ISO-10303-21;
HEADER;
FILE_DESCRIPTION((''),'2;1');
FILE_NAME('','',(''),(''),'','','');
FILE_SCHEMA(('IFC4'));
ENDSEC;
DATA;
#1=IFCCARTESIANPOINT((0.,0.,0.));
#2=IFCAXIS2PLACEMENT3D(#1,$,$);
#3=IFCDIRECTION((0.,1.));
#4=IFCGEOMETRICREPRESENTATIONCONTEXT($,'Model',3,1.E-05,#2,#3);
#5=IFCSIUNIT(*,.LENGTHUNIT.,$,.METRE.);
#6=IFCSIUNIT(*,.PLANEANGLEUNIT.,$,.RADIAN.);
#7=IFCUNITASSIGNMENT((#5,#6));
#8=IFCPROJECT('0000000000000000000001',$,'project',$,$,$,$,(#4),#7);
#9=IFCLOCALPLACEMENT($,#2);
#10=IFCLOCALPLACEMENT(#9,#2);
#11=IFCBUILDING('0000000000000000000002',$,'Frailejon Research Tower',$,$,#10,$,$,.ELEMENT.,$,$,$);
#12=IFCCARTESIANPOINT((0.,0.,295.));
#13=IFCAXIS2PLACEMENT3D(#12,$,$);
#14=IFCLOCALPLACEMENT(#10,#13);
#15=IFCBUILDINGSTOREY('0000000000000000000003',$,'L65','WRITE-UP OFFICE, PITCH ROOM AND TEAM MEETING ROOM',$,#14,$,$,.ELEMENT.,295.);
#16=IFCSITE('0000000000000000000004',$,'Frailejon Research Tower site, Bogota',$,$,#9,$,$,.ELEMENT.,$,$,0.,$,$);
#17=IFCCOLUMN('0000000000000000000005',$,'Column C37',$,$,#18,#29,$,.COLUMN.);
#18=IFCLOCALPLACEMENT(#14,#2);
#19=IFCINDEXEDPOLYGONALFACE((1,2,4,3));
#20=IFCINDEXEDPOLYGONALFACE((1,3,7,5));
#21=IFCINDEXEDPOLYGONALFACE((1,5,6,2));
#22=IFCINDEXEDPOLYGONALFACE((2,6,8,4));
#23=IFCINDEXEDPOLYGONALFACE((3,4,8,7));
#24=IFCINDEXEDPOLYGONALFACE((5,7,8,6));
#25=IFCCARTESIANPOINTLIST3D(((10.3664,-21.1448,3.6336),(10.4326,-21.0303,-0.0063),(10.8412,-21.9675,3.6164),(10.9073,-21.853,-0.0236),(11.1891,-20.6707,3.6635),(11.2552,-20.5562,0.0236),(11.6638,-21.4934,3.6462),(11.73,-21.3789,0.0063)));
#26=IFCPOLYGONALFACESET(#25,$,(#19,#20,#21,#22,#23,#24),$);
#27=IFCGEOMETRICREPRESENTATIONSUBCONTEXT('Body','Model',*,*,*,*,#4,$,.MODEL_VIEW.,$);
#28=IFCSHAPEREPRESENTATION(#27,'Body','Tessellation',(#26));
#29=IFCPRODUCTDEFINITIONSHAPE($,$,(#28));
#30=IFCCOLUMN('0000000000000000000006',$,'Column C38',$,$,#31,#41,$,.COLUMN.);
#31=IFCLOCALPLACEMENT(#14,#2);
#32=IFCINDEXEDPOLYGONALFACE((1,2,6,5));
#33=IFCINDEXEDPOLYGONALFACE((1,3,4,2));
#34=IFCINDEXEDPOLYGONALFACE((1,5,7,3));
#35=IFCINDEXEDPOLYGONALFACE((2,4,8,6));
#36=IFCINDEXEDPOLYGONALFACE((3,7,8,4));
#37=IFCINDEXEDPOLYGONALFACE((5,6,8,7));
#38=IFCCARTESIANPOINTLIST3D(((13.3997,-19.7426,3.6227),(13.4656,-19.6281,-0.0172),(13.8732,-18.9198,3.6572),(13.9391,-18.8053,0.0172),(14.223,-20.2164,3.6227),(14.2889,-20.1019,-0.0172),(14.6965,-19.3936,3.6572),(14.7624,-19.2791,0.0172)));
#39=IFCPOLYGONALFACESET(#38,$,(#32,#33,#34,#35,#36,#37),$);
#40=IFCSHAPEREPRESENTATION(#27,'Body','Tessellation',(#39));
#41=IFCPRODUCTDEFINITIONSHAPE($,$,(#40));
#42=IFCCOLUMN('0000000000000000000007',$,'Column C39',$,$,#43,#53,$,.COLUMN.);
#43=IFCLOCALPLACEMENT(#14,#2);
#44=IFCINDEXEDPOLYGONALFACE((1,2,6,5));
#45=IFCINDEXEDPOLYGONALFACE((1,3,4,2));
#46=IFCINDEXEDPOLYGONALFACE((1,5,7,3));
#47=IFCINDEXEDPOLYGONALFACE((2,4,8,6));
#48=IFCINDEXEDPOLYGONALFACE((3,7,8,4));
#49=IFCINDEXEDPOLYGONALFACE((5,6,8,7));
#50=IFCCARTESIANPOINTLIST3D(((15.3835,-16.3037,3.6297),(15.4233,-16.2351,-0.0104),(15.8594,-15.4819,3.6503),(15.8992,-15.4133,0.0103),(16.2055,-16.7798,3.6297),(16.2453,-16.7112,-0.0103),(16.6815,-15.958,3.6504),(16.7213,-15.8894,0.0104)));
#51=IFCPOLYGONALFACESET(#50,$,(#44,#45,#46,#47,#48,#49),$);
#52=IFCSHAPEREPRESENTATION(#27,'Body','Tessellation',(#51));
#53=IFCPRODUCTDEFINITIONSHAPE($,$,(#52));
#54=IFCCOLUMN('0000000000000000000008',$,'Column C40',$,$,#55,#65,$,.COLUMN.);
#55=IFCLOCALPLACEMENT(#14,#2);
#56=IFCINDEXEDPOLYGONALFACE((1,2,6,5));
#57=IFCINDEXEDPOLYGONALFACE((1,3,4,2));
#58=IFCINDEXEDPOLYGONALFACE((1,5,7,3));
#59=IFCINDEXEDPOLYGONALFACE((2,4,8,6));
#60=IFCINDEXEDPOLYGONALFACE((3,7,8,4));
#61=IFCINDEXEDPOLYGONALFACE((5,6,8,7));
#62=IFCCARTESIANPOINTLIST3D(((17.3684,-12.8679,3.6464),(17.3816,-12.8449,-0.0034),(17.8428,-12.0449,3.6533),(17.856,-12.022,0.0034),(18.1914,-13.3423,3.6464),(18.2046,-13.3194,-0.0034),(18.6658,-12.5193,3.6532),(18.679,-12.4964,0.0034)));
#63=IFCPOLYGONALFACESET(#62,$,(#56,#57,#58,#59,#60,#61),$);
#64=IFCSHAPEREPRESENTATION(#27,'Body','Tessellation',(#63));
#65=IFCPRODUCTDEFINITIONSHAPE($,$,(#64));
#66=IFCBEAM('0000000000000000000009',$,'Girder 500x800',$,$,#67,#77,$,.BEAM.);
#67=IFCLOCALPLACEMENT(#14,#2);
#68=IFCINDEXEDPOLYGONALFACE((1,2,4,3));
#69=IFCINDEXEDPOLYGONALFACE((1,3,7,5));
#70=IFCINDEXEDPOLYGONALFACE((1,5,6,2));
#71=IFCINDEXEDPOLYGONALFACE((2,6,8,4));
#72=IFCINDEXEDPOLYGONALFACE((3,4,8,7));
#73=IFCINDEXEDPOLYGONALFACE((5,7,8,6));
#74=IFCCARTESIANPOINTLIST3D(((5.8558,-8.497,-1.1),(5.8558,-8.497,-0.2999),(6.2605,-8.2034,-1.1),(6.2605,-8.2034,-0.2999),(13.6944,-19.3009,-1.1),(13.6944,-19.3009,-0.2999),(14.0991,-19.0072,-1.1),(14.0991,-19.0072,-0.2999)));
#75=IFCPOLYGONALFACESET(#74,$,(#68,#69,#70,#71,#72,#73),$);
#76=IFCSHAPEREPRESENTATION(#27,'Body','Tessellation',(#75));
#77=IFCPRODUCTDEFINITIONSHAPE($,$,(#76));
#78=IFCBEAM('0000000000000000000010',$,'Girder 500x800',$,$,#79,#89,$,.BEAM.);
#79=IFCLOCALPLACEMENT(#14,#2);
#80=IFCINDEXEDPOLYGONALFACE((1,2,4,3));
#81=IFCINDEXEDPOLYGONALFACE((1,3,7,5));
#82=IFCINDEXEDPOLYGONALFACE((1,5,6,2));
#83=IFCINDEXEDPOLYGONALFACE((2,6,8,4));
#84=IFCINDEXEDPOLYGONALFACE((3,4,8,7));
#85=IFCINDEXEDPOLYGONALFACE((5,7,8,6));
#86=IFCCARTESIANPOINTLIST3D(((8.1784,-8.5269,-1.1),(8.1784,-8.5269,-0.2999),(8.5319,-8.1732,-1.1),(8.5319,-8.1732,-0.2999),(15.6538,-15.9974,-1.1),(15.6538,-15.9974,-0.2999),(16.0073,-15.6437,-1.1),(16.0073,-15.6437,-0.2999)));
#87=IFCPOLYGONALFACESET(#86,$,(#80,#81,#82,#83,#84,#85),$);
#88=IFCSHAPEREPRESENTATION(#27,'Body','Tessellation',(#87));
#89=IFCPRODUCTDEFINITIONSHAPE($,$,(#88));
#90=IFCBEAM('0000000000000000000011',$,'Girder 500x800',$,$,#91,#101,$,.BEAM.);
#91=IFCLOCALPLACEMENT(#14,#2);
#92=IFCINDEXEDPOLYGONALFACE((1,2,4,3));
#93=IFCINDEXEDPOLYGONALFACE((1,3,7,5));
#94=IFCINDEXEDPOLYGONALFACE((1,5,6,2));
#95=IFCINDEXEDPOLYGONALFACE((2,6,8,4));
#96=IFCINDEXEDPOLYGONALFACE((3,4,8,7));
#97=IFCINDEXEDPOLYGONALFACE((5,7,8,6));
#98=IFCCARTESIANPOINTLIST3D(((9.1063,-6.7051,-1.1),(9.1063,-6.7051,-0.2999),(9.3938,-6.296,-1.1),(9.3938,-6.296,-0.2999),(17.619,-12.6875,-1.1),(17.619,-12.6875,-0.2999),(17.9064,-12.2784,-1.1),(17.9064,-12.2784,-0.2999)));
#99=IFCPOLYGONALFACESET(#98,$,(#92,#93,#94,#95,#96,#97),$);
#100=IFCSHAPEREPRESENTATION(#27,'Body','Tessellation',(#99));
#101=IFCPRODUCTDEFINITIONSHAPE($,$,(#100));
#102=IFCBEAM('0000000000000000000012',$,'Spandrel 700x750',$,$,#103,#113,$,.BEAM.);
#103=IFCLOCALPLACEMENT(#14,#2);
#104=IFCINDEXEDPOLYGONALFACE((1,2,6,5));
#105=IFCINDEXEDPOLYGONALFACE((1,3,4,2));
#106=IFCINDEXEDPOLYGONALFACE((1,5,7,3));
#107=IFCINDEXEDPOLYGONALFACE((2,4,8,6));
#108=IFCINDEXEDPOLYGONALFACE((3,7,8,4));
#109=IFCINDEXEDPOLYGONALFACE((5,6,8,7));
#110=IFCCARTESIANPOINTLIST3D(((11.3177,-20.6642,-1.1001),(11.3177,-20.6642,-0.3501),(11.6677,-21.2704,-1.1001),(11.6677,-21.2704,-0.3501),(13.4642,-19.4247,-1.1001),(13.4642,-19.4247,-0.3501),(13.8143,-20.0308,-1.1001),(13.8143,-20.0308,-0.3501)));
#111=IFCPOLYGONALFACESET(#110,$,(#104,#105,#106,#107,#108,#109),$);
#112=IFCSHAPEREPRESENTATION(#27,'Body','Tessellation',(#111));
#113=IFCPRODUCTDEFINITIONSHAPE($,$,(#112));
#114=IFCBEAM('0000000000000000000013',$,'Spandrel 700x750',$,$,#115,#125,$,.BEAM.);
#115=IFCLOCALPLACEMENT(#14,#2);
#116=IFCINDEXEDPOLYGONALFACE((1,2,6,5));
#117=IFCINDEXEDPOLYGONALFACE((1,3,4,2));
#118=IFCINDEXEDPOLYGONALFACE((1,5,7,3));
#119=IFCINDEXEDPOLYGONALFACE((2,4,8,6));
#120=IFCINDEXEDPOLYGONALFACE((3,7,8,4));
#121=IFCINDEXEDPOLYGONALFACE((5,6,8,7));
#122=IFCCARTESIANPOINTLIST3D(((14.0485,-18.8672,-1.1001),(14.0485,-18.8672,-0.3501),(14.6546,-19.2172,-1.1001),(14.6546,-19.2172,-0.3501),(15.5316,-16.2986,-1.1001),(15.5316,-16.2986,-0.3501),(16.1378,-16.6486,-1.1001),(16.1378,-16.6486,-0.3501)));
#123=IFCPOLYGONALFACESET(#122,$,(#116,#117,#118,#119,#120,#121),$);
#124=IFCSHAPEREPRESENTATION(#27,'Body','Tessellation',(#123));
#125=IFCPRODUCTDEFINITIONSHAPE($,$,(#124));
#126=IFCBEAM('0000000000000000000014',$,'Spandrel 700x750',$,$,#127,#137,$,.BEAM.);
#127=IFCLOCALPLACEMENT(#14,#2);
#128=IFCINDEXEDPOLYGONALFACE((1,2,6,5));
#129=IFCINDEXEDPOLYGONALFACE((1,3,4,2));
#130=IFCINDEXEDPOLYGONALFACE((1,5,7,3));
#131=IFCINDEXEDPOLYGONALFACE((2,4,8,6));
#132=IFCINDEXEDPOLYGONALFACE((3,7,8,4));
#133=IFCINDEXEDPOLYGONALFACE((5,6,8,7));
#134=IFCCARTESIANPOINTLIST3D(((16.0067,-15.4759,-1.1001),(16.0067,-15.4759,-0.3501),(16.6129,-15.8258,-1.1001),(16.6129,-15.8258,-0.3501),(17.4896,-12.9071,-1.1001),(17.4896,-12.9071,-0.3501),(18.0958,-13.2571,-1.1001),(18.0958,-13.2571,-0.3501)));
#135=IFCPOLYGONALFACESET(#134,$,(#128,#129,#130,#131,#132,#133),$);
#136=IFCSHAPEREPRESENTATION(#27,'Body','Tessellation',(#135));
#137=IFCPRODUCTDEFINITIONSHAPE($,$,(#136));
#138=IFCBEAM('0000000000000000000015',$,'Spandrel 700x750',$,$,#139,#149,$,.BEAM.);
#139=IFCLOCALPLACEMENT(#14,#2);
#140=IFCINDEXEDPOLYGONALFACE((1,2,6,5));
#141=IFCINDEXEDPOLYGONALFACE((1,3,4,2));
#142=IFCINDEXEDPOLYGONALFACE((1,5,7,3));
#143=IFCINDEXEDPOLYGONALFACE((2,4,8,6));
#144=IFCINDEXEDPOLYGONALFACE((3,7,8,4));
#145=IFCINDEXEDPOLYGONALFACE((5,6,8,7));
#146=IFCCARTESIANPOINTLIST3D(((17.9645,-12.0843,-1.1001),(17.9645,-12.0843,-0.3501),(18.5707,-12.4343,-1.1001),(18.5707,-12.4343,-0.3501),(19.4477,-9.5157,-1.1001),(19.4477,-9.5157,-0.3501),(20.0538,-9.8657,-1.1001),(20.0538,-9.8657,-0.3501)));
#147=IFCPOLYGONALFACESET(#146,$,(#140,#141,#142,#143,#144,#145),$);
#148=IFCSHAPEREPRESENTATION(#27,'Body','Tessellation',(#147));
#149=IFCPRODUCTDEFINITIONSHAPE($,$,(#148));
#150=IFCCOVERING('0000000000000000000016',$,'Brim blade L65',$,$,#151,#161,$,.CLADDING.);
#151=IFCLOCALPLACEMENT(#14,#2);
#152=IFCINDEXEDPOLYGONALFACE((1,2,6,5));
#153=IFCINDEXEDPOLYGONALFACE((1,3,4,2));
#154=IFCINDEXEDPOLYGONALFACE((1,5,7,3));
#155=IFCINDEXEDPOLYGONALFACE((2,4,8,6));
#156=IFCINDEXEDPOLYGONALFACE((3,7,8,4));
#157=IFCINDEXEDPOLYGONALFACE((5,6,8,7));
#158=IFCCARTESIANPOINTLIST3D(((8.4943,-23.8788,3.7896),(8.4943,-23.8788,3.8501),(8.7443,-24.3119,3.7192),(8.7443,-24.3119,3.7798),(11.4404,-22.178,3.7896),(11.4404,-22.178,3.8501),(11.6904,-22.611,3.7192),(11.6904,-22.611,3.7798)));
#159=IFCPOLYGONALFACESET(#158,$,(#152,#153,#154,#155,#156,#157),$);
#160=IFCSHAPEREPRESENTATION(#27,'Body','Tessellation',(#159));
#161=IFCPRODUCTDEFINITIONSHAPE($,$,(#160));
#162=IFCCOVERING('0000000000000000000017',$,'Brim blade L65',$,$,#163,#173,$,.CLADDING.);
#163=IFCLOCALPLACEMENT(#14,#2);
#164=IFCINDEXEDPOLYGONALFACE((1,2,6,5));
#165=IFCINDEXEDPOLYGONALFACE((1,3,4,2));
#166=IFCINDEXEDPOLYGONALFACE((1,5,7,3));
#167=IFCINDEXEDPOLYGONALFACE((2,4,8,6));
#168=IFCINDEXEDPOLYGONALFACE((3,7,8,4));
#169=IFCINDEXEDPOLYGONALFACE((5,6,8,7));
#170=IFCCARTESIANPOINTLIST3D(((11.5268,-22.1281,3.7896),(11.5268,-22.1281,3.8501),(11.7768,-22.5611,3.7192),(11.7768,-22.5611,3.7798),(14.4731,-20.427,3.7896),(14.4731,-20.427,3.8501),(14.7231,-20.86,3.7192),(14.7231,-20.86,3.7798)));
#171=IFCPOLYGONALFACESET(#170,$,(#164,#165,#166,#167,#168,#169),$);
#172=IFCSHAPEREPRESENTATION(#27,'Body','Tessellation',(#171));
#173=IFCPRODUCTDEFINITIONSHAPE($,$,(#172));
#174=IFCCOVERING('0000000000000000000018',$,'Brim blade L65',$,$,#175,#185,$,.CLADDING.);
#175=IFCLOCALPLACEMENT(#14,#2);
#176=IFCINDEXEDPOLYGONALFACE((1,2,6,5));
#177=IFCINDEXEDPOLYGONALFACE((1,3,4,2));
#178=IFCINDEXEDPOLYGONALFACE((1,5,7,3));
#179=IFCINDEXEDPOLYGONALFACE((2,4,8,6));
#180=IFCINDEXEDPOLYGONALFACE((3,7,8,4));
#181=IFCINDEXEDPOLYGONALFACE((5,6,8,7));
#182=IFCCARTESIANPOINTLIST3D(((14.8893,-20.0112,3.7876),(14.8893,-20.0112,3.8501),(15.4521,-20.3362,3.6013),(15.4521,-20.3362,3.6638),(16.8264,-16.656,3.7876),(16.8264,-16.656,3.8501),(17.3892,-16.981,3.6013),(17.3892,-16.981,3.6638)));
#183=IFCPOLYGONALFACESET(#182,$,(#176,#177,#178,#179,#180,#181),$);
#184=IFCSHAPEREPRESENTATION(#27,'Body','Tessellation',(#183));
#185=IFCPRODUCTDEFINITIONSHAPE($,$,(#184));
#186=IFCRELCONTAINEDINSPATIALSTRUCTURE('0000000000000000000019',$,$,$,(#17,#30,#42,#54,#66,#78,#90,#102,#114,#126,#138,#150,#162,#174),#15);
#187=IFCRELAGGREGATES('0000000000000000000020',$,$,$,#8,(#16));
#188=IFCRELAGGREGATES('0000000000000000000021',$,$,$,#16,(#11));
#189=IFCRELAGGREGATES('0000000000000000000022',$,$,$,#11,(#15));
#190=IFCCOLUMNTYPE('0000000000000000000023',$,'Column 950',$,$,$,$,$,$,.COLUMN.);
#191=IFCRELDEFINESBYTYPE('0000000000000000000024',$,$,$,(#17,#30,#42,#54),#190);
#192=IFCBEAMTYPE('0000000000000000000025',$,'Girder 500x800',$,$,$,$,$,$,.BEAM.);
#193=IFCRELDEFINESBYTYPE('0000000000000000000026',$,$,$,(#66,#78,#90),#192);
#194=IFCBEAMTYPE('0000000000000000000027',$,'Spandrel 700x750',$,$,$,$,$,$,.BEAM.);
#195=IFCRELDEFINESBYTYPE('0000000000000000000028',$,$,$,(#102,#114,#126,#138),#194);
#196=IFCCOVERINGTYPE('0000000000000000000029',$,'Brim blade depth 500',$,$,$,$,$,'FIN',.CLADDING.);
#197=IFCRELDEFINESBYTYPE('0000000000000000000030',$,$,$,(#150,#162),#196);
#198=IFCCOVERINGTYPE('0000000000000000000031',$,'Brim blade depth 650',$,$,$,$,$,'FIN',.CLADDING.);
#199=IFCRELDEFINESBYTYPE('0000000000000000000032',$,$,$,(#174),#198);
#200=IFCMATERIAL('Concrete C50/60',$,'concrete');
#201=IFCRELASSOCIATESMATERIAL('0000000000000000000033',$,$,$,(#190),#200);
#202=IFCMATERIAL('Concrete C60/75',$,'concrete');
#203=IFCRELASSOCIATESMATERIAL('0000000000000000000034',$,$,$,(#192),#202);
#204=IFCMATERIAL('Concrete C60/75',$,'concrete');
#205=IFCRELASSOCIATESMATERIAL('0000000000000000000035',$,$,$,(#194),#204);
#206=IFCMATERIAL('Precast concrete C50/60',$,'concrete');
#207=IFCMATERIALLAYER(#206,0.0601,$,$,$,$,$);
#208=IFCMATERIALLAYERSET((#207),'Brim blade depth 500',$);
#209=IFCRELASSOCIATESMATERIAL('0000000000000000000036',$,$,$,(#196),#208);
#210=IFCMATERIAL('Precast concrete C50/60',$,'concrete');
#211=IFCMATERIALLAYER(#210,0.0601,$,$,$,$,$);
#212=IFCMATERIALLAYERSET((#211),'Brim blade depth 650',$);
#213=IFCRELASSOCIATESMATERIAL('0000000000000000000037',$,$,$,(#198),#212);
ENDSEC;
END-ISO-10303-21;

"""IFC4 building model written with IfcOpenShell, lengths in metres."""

from ifc_helpers import new_model, si_unit, direction, frame, origin, origin_2d, place, context, subcontext, project, spatial, polyline, rectangle, outline, extrude, material, layer, layer_set, material_profile, profile_set, type_object, element, save


model = new_model("IFC4")

# Units and contexts
model_context = context("Model", 3, precision=1e-05, world=origin(), true_north=direction((0.0, 1.0)))
body_context = subcontext(model_context, "Body", "Model", "MODEL_VIEW")
ifc_project = project(units=[si_unit("LENGTHUNIT", "METRE"), si_unit("PLANEANGLEUNIT", "RADIAN")], contexts=[model_context])

# Site, building, storey
site_placement = place(None, origin())
site = spatial("IfcSite", under=ifc_project, at=site_placement, Name="Frailejon Research Tower site, Bogota", CompositionType="ELEMENT", RefElevation=0.0)
building_placement = place(site_placement, origin())
building = spatial("IfcBuilding", under=site, at=building_placement, Name="Frailejon Research Tower", CompositionType="ELEMENT")
storey_placement = place(building_placement, frame((0.0, 0.0, 295.0)))
storey = spatial("IfcBuildingStorey", under=building, at=storey_placement, Name="L65", Description="WRITE-UP OFFICE, PITCH ROOM AND TEAM MEETING ROOM", CompositionType="ELEMENT", Elevation=295.0)

# Columns
ifc_material_1 = material(Name="Concrete C50/60", Category="concrete")
ifc_material_profile_1 = material_profile(ifc_material_1, rectangle(XDim=0.95, YDim=0.95, at=origin_2d()), Name="Column 950")
ifc_profile_set_1 = profile_set([ifc_material_profile_1], Name="Concrete C50/60")
column_type = type_object("IfcColumnType", Name="Column 950", PredefinedType="COLUMN", material=ifc_profile_set_1)
for number, where, z_axis, x_axis, name in (
    (1, (11.0813, -21.2046, 0.0), (-0.018165, -0.031437, 0.999341), (0.86598, 0.49909, 0.031441), "Column C37"),
    (2, (14.114, -19.4536, 0.0), (-0.018098, -0.031437, 0.999342), (0.498453, 0.866157, 0.036274), "Column C38"),
):
    element("IfcColumn", number, at=place(storey_placement, frame(where, z_axis=z_axis, x_axis=x_axis)), inside=storey, type_object=column_type, Name=name, PredefinedType="COLUMN", context=body_context, shape_type="SweptSolid", body=[
        extrude(rectangle(XDim=0.95, YDim=0.95, at=origin_2d()), origin(), (0.0, 0.0, 1.0), 3.6423),
    ])
column_1_placement = place(storey_placement, frame((16.0723, -16.0623, 0.0), z_axis=(-0.01093, -0.018843, 0.999763), x_axis=(0.501062, 0.865137, 0.021784)))
element("IfcColumn", 3, at=column_1_placement, inside=storey, type_object=column_type, Name="Column C39", PredefinedType="COLUMN", context=body_context, shape_type="SweptSolid", body=[
    extrude(rectangle(XDim=0.95, YDim=0.95, at=origin_2d()), origin(), (0.0, 0.0, 1.0), 3.6409),
])
column_2_placement = place(storey_placement, frame((18.0303, -12.6707, 0.0), z_axis=(-0.003612, -0.006287, 0.999974), x_axis=(0.499382, 0.866352, 0.007251)))
element("IfcColumn", 4, at=column_2_placement, inside=storey, type_object=column_type, Name="Column C40", PredefinedType="COLUMN", context=body_context, shape_type="SweptSolid", body=[
    extrude(rectangle(XDim=0.95, YDim=0.95, at=origin_2d()), origin(), (0.0, 0.0, 1.0), 3.6499),
])

# Beams
ifc_material_2 = material(Name="Concrete C60/75", Category="concrete")
ifc_material_profile_2 = material_profile(ifc_material_2, rectangle(XDim=0.5, YDim=0.8, at=origin_2d()), Name="Girder 500x800")
ifc_profile_set_2 = profile_set([ifc_material_profile_2], Name="Concrete C60/75")
beam_type_1 = type_object("IfcBeamType", Name="Girder 500x800", PredefinedType="BEAM", material=ifc_profile_set_2)
beam_1_placement = place(storey_placement, frame((13.8967, -19.1541, -0.7), z_axis=(-0.58725, 0.809405, 0.0), x_axis=(-0.809405, -0.58725, 0.0)))
element("IfcBeam", 5, at=beam_1_placement, inside=storey, type_object=beam_type_1, Name="Girder 500x800", PredefinedType="BEAM", context=body_context, shape_type="SweptSolid", body=[
    extrude(rectangle(XDim=0.5, YDim=0.8, at=origin_2d()), origin(), (0.0, 0.0, 1.0), 13.3479),
])
beam_2_placement = place(storey_placement, frame((15.8306, -15.8206, -0.7), z_axis=(-0.707338, 0.706876, 0.0), x_axis=(-0.706876, -0.707338, 0.0)))
element("IfcBeam", 6, at=beam_2_placement, inside=storey, type_object=beam_type_1, Name="Girder 500x800", PredefinedType="BEAM", context=body_context, shape_type="SweptSolid", body=[
    extrude(rectangle(XDim=0.5, YDim=0.8, at=origin_2d()), origin(), (0.0, 0.0, 1.0), 10.5684),
])
beam_3_placement = place(storey_placement, frame((17.7627, -12.4829, -0.7), z_axis=(-0.818168, 0.574979, 0.0), x_axis=(-0.574979, -0.818168, 0.0)))
element("IfcBeam", 7, at=beam_3_placement, inside=storey, type_object=beam_type_1, Name="Girder 500x800", PredefinedType="BEAM", context=body_context, shape_type="SweptSolid", body=[
    extrude(rectangle(XDim=0.5, YDim=0.8, at=origin_2d()), origin(), (0.0, 0.0, 1.0), 10.4045),
])
ifc_material_3 = material(Name="Concrete C60/75", Category="concrete")
ifc_material_profile_3 = material_profile(ifc_material_3, rectangle(XDim=0.7, YDim=0.75, at=origin_2d()), Name="Spandrel 700x750")
ifc_profile_set_3 = profile_set([ifc_material_profile_3], Name="Concrete C60/75")
beam_type_2 = type_object("IfcBeamType", Name="Spandrel 700x750", PredefinedType="BEAM", material=ifc_profile_set_3)
beam_4_placement = place(storey_placement, frame((11.4927, -20.9673, -0.7251), z_axis=(0.865985, 0.500069, 0.0), x_axis=(-0.500069, 0.865985, 0.0)))
element("IfcBeam", 8, at=beam_4_placement, inside=storey, type_object=beam_type_2, Name="Spandrel 700x750", PredefinedType="BEAM", context=body_context, shape_type="SweptSolid", body=[
    extrude(rectangle(XDim=0.7, YDim=0.75, at=origin_2d()), origin(), (0.0, 0.0, 1.0), 2.4788),
])
for number, where, z_axis, x_axis, name in (
    (9, (14.3516, -19.0422, -0.7251), (0.500043, 0.866001, 0.0), (-0.866001, 0.500043, 0.0), "Spandrel 700x750"),
    (10, (16.3098, -15.6509, -0.7251), (0.499946, 0.866057, 0.0), (-0.866057, 0.499946, 0.0), "Spandrel 700x750"),
    (11, (18.2676, -12.2593, -0.7251), (0.500043, 0.866001, 0.0), (-0.866001, 0.500043, 0.0), "Spandrel 700x750"),
):
    element("IfcBeam", number, at=place(storey_placement, frame(where, z_axis=z_axis, x_axis=x_axis)), inside=storey, type_object=beam_type_2, Name=name, PredefinedType="BEAM", context=body_context, shape_type="SweptSolid", body=[
        extrude(rectangle(XDim=0.7, YDim=0.75, at=origin_2d()), origin(), (0.0, 0.0, 1.0), 2.9661),
    ])

# Coverings
ifc_material_4 = material(Name="Precast concrete C50/60", Category="concrete")
ifc_layer_1 = layer(ifc_material_4, 0.0601)
ifc_layer_set_1 = layer_set([ifc_layer_1], Name="Brim blade depth 500")
covering_type_1 = type_object("IfcCoveringType", Name="Brim blade depth 500", ElementType="FIN", PredefinedType="CLADDING", material=ifc_layer_set_1)
covering_1_placement = place(storey_placement, frame((11.4404, -22.178, 3.8501), z_axis=(-0.866036, -0.499981, 0.0), x_axis=(0.499981, -0.866036, 0.0)))
element("IfcCovering", 12, at=covering_1_placement, inside=storey, type_object=covering_type_1, Name="Brim blade L65", PredefinedType="CLADDING", context=body_context, shape_type="SweptSolid", body=[
    extrude(outline(polyline([(0.0, -0.0605), (0.5, -0.1309), (0.5, -0.0703), (0.0, 0.0), (0.0, -0.0605)])), origin(), (0.0, 0.0, 1.0), 3.4019),
])
covering_2_placement = place(storey_placement, frame((14.4731, -20.427, 3.8501), z_axis=(-0.866024, -0.500003, 0.0), x_axis=(0.500003, -0.866024, 0.0)))
element("IfcCovering", 13, at=covering_2_placement, inside=storey, type_object=covering_type_1, Name="Brim blade L65", PredefinedType="CLADDING", context=body_context, shape_type="SweptSolid", body=[
    extrude(outline(polyline([(0.0, -0.0605), (0.5, -0.1309), (0.5, -0.0703), (0.0, 0.0), (0.0, -0.0605)])), origin(), (0.0, 0.0, 1.0), 3.4021),
])
ifc_material_5 = material(Name="Precast concrete C50/60", Category="concrete")
ifc_layer_2 = layer(ifc_material_5, 0.0601)
ifc_layer_set_2 = layer_set([ifc_layer_2], Name="Brim blade depth 650")
covering_type_2 = type_object("IfcCoveringType", Name="Brim blade depth 650", ElementType="FIN", PredefinedType="CLADDING", material=ifc_layer_set_2)
covering_3_placement = place(storey_placement, frame((16.8264, -16.656, 3.8501), z_axis=(-0.499995, -0.866028, 0.0), x_axis=(0.866028, -0.499995, 0.0)))
element("IfcCovering", 14, at=covering_3_placement, inside=storey, type_object=covering_type_2, Name="Brim blade L65", PredefinedType="CLADDING", context=body_context, shape_type="SweptSolid", body=[
    extrude(outline(polyline([(0.0, -0.0625), (0.6499, -0.2488), (0.6499, -0.1863), (0.0, 0.0), (0.0, -0.0625)])), origin(), (0.0, 0.0, 1.0), 3.8743),
])

save(model, "model.ifc")
